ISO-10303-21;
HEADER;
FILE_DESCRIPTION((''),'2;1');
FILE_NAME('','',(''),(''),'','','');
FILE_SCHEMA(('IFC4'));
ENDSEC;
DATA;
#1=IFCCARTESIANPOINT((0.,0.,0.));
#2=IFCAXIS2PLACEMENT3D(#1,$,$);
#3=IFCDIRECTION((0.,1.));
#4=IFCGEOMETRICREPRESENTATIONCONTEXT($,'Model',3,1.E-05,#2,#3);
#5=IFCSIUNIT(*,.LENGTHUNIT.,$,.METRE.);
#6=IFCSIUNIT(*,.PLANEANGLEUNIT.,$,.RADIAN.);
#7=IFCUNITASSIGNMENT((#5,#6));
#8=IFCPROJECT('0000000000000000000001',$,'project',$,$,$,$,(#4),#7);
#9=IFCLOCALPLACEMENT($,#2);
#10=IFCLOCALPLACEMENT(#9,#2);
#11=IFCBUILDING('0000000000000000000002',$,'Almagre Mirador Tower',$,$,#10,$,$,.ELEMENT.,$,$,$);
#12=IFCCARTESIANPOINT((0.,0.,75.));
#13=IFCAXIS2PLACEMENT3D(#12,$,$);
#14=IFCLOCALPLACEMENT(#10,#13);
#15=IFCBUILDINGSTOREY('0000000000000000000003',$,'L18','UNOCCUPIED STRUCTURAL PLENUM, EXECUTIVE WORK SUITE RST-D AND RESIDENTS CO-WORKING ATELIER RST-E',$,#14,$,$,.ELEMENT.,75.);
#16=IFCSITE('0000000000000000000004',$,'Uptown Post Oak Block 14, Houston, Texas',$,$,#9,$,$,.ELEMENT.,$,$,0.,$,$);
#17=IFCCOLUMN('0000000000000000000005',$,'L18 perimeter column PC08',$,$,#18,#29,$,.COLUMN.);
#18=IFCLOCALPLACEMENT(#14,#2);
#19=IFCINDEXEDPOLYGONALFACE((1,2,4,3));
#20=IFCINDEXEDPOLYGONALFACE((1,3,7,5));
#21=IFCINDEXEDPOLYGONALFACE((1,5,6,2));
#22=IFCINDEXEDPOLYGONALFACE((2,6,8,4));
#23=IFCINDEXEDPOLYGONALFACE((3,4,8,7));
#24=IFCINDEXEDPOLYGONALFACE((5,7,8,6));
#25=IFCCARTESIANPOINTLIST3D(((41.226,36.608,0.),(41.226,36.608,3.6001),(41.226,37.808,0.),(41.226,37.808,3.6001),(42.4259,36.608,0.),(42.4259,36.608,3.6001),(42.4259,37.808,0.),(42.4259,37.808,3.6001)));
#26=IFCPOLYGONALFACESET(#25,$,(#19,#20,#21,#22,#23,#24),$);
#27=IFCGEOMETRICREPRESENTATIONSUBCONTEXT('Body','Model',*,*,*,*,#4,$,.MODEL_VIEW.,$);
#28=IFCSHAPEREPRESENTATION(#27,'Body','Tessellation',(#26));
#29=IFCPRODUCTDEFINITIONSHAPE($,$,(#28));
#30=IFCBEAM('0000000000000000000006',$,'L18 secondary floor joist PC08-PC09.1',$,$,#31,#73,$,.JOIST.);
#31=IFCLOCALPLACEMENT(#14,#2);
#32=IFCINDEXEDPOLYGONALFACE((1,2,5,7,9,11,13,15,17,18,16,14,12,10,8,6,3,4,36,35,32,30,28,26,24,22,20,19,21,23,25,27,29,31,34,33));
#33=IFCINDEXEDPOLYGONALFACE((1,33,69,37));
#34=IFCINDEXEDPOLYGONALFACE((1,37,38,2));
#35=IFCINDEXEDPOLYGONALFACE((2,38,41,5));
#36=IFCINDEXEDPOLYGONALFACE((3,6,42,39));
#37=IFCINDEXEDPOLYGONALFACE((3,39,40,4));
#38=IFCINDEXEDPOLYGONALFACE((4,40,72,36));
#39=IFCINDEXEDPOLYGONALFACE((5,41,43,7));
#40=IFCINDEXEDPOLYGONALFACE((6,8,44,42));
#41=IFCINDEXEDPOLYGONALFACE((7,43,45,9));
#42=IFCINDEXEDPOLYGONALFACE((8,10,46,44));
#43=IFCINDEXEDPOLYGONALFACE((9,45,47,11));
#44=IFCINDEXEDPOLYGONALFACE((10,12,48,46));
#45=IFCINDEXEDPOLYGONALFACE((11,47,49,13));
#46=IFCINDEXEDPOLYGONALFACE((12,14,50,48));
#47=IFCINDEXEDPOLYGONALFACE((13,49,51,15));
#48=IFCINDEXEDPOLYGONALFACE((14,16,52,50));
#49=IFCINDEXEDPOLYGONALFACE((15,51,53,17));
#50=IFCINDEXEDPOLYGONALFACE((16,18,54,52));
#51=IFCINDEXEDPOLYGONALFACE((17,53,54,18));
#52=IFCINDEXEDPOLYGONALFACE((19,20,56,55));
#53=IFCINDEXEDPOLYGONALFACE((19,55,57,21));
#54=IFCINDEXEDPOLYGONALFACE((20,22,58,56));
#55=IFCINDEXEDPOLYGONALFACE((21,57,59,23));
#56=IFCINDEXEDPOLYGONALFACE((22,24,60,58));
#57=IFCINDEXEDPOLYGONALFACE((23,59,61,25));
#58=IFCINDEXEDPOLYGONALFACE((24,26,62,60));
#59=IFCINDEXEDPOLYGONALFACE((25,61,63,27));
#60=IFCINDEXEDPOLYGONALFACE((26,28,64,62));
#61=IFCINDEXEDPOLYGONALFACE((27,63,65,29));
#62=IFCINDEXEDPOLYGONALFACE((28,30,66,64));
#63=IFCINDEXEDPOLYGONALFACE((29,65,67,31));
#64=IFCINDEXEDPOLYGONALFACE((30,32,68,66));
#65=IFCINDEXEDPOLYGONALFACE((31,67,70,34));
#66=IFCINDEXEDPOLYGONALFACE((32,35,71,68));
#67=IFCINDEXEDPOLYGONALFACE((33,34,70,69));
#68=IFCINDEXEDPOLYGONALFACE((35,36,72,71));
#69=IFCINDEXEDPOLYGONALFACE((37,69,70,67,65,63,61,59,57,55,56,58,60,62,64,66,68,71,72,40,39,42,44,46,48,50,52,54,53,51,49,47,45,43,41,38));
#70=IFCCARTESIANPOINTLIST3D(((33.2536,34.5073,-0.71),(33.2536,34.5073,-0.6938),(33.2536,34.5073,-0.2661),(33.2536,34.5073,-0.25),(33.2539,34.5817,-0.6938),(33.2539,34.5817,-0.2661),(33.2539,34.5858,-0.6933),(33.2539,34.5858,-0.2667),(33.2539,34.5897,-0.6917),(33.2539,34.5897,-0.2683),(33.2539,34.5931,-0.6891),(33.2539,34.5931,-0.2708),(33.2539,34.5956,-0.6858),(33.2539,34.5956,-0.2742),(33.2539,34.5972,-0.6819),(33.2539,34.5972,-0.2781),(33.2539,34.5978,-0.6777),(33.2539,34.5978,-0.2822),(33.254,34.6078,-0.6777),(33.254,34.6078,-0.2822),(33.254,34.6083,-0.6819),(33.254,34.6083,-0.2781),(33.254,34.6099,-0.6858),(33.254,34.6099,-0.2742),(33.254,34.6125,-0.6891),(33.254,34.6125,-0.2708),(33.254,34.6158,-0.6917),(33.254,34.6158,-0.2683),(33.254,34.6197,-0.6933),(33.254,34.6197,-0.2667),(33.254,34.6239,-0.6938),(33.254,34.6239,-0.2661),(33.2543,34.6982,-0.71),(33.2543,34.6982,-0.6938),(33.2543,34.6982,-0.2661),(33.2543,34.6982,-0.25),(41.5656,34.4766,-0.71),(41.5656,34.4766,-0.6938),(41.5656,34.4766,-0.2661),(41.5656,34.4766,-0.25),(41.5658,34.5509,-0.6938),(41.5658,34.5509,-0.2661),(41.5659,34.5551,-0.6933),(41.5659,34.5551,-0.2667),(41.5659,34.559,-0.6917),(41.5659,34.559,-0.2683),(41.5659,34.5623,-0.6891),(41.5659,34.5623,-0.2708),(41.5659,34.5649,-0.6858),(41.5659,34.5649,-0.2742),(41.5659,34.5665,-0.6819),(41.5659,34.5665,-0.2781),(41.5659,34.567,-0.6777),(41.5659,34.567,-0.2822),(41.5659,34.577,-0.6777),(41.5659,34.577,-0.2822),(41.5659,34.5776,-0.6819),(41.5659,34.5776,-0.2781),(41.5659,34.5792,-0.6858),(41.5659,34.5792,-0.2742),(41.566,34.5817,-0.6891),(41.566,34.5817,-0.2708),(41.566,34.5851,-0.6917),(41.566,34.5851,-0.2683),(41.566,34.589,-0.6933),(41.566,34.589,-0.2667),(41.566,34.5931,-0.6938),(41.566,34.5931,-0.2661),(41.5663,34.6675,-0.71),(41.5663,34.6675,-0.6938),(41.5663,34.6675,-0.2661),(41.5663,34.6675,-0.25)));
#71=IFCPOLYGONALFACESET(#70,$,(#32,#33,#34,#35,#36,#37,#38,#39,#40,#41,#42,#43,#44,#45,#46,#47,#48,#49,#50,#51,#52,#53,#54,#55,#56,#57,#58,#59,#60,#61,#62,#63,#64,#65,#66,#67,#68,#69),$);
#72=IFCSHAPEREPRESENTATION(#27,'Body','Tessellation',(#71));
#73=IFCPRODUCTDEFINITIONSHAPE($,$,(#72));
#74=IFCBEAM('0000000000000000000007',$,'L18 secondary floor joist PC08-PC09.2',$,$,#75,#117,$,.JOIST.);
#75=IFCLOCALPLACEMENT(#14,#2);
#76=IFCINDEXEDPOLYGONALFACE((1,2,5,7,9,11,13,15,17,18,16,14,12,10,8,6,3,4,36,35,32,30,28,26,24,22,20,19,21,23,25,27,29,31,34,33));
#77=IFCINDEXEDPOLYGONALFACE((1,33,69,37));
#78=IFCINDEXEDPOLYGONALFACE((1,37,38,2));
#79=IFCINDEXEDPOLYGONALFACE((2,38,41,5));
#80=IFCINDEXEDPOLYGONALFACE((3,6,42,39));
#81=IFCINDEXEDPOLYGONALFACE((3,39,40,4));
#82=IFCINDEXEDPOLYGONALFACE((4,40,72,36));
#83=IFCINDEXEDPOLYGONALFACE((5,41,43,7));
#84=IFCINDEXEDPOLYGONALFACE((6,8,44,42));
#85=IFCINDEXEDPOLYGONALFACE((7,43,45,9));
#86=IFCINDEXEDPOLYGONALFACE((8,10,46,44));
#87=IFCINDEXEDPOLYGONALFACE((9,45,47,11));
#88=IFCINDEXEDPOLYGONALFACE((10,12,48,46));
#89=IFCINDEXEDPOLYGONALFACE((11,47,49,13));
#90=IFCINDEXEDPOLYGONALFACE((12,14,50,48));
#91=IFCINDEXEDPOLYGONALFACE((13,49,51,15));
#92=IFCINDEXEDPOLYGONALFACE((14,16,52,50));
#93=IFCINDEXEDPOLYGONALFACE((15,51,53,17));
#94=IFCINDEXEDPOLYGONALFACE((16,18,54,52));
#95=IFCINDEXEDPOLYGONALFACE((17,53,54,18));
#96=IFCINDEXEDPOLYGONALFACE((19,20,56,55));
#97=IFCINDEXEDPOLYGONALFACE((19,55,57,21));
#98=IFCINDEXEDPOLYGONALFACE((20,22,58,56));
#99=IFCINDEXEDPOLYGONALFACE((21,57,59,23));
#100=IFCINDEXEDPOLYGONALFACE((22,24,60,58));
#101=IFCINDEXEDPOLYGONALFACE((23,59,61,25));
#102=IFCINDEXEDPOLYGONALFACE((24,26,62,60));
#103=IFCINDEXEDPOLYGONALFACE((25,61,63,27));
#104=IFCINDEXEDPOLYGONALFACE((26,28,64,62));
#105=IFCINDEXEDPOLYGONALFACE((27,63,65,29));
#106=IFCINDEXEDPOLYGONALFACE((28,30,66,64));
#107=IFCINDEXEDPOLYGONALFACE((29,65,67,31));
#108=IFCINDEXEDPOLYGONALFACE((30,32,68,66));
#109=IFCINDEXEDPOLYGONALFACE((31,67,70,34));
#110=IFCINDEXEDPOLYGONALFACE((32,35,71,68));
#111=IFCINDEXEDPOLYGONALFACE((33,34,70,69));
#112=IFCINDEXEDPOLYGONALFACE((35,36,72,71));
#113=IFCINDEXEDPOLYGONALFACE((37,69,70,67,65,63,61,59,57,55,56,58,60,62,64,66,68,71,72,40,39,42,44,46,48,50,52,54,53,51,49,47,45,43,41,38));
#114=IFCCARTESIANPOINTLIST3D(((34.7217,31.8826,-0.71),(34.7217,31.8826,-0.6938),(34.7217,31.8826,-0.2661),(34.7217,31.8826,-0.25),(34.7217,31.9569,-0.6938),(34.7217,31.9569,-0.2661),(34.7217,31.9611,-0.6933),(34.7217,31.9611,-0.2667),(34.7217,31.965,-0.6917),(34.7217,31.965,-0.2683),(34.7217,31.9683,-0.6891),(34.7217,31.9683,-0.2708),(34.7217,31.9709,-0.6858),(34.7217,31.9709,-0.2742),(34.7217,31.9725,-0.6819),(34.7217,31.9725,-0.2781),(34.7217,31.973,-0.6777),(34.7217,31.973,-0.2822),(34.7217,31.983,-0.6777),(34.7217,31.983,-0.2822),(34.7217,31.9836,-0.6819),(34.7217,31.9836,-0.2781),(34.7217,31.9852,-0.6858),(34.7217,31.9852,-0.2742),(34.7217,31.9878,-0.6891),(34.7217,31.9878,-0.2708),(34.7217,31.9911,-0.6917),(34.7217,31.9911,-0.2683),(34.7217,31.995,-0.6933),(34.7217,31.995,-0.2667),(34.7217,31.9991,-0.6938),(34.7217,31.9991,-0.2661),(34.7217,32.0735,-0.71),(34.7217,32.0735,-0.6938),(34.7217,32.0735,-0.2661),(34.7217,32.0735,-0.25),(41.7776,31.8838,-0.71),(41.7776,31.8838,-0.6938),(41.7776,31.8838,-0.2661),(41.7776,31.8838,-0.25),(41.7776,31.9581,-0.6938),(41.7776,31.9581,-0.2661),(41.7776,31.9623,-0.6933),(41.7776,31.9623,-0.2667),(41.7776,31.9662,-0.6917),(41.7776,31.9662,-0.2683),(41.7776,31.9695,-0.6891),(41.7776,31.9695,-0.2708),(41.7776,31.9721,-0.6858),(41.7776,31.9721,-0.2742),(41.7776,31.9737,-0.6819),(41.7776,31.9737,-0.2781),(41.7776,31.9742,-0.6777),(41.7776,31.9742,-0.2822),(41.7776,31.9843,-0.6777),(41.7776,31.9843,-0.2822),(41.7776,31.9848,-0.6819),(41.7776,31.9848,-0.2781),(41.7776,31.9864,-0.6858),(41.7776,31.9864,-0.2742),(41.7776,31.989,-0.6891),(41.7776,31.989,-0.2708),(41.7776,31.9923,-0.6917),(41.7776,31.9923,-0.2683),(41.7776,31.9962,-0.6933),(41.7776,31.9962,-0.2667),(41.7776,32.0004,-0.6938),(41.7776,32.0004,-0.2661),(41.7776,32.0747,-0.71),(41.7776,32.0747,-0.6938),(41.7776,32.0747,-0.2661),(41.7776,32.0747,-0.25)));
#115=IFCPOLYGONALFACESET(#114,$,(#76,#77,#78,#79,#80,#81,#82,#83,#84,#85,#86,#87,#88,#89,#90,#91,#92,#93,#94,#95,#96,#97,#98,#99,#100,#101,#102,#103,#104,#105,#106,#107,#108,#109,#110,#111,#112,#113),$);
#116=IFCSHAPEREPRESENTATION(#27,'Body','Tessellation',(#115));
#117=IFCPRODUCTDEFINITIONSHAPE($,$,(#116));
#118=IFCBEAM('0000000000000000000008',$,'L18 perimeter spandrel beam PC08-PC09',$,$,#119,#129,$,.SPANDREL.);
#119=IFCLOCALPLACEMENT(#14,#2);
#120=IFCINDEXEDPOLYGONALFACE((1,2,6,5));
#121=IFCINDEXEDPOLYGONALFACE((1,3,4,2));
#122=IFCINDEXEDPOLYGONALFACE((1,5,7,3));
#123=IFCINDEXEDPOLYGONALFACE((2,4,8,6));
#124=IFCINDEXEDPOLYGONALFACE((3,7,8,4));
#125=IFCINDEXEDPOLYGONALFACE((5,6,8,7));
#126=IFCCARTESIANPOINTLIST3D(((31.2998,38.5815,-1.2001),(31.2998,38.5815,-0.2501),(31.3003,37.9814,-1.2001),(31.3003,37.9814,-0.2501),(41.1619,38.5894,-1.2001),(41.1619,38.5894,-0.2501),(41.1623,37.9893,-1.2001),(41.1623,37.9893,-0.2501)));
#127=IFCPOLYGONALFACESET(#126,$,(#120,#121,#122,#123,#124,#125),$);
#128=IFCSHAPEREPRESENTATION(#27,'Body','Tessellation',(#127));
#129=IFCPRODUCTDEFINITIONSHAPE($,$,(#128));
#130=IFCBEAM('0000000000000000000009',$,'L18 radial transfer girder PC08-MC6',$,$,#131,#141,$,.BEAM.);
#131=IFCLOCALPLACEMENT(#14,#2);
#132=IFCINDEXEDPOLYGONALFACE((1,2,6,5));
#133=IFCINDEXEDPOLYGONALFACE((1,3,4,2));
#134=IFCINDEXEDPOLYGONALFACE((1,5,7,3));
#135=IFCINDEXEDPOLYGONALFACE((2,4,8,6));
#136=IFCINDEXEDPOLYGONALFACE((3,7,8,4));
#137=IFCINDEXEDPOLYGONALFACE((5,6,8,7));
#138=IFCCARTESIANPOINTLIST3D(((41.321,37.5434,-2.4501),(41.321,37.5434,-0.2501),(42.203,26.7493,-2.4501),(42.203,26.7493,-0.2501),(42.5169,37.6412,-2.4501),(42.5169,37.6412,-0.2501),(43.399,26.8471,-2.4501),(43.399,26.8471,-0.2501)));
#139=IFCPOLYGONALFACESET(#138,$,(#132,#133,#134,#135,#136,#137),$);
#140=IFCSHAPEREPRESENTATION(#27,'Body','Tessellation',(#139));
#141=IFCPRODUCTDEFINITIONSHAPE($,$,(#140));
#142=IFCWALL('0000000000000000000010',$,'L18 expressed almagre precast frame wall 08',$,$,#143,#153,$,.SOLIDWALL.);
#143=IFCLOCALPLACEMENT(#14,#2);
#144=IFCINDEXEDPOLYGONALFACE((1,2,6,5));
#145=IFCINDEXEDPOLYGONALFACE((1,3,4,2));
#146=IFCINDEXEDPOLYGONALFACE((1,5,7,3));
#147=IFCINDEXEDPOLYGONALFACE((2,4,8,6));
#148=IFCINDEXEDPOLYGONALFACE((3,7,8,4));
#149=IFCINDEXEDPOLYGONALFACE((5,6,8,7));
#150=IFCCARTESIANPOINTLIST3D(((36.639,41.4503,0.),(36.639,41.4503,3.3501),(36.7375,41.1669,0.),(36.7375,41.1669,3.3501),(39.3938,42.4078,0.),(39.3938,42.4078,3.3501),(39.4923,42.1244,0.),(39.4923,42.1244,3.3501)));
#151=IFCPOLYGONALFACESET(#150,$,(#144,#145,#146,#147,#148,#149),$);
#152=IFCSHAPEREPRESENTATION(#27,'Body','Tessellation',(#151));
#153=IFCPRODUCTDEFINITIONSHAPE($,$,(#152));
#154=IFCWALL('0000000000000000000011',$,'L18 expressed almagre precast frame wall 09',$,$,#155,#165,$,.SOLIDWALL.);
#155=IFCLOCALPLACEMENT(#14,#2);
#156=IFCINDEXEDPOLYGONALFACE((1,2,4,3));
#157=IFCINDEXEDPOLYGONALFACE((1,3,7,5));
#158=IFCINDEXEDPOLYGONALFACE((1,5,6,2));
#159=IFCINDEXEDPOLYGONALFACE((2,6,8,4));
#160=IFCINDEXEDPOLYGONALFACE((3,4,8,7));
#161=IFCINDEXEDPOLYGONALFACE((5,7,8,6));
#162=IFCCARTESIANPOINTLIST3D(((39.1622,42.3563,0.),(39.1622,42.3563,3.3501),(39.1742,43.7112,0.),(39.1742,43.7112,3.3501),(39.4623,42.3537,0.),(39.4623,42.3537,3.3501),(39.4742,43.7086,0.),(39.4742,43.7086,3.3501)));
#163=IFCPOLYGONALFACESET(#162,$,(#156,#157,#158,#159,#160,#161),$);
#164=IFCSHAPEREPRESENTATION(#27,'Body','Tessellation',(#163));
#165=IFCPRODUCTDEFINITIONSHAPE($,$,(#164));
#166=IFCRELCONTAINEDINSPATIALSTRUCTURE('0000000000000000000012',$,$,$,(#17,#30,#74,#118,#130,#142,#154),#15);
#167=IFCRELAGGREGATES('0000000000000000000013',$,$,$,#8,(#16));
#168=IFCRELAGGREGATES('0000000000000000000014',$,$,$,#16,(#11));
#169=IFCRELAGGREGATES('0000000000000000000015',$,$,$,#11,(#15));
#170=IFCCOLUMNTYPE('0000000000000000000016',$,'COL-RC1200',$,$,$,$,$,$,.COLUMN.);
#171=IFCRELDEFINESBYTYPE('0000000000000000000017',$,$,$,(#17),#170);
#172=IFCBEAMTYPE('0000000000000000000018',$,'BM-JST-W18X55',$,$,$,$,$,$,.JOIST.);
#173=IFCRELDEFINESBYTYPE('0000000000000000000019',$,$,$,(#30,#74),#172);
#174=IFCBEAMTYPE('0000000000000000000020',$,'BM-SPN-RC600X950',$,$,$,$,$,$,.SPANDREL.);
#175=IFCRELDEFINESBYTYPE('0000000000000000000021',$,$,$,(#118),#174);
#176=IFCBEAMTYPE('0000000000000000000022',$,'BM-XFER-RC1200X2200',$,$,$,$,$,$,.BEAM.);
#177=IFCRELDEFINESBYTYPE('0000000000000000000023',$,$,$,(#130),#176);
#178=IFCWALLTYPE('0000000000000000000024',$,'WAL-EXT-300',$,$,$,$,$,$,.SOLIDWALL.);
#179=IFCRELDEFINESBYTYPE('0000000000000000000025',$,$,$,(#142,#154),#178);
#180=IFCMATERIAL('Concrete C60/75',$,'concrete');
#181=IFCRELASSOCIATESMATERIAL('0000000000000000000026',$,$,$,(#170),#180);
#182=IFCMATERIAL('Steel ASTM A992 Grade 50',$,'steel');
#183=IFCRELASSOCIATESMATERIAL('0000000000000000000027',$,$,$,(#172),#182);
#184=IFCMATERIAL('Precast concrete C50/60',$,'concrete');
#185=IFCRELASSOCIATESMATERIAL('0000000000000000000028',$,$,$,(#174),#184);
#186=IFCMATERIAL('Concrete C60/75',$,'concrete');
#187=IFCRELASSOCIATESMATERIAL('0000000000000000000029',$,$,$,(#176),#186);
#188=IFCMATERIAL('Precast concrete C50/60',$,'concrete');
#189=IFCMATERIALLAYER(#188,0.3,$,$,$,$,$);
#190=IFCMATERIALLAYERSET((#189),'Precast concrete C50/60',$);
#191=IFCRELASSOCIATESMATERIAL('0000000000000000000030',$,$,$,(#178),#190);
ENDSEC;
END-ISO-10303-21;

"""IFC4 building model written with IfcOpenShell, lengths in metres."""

from ifc_helpers import new_model, si_unit, direction, frame, frame_2d, origin, origin_2d, place, context, subcontext, project, spatial, rectangle, i_section, extrude, material, layer, layer_set, material_profile, profile_set, type_object, element, save


model = new_model("IFC4")

# Units and contexts
model_context = context("Model", 3, precision=1e-05, world=origin(), true_north=direction((0.0, 1.0)))
body_context = subcontext(model_context, "Body", "Model", "MODEL_VIEW")
ifc_project = project(units=[si_unit("LENGTHUNIT", "METRE"), si_unit("PLANEANGLEUNIT", "RADIAN")], contexts=[model_context])

# Site, building, storey
site_placement = place(None, origin())
site = spatial("IfcSite", under=ifc_project, at=site_placement, Name="Uptown Post Oak Block 14, Houston, Texas", CompositionType="ELEMENT", RefElevation=0.0)
building_placement = place(site_placement, origin())
building = spatial("IfcBuilding", under=site, at=building_placement, Name="Almagre Mirador Tower", CompositionType="ELEMENT")
storey_placement = place(building_placement, frame((0.0, 0.0, 75.0)))
storey = spatial("IfcBuildingStorey", under=building, at=storey_placement, Name="L18", Description="UNOCCUPIED STRUCTURAL PLENUM, EXECUTIVE WORK SUITE RST-D AND RESIDENTS CO-WORKING ATELIER RST-E", CompositionType="ELEMENT", Elevation=75.0)

# Column
ifc_material_1 = material(Name="Concrete C60/75", Category="concrete")
ifc_material_profile_1 = material_profile(ifc_material_1, rectangle(XDim=1.2, YDim=1.2, at=origin_2d()), Name="RC1200X1200")
ifc_profile_set_1 = profile_set([ifc_material_profile_1], Name="Concrete C60/75")
column_type = type_object("IfcColumnType", Name="COL-RC1200", PredefinedType="COLUMN", material=ifc_profile_set_1)
column_placement = place(storey_placement, frame((41.8259, 37.208, 0.0), z_axis=(0.0, 0.0, 1.0), x_axis=(1.0, 0.0, 0.0)))
element("IfcColumn", 1, at=column_placement, inside=storey, type_object=column_type, Name="L18 perimeter column PC08", PredefinedType="COLUMN", context=body_context, shape_type="SweptSolid", body=[
    extrude(rectangle(XDim=1.2, YDim=1.2, at=origin_2d()), origin(), (0.0, 0.0, 1.0), 3.6001),
])

# Beams
ifc_material_2 = material(Name="Steel ASTM A992 Grade 50", Category="steel")
ifc_material_profile_2 = material_profile(ifc_material_2, i_section(OverallWidth=0.1909, OverallDepth=0.46, WebThickness=0.01, FlangeThickness=0.0161, FilletRadius=0.0161, at=origin_2d()), Name="W18X55")
ifc_profile_set_2 = profile_set([ifc_material_profile_2], Name="Steel ASTM A992 Grade 50")
beam_type_1 = type_object("IfcBeamType", Name="BM-JST-W18X55", PredefinedType="JOIST", material=ifc_profile_set_2)
beam_1_placement = place(storey_placement, frame((41.5659, 34.572, -0.48), z_axis=(-0.999993, 0.003701, 0.0), x_axis=(-0.003701, -0.999993, 0.0)))
element("IfcBeam", 2, at=beam_1_placement, inside=storey, type_object=beam_type_1, Name="L18 secondary floor joist PC08-PC09.1", PredefinedType="JOIST", context=body_context, shape_type="SweptSolid", body=[
    extrude(i_section(OverallWidth=0.1909, OverallDepth=0.46, WebThickness=0.01, FlangeThickness=0.0161, FilletRadius=0.0161, at=origin_2d()), origin(), (0.0, 0.0, 1.0), 8.312),
])
beam_2_placement = place(storey_placement, frame((41.7776, 31.9792, -0.48), z_axis=(-1.0, -0.000173, 0.0), x_axis=(0.000173, -1.0, 0.0)))
element("IfcBeam", 3, at=beam_2_placement, inside=storey, type_object=beam_type_1, Name="L18 secondary floor joist PC08-PC09.2", PredefinedType="JOIST", context=body_context, shape_type="SweptSolid", body=[
    extrude(i_section(OverallWidth=0.1909, OverallDepth=0.46, WebThickness=0.01, FlangeThickness=0.0161, FilletRadius=0.0161, at=origin_2d()), origin(), (0.0, 0.0, 1.0), 7.0559),
])
ifc_material_3 = material(Name="Precast concrete C50/60", Category="concrete")
ifc_material_profile_3 = material_profile(ifc_material_3, rectangle(XDim=0.6001, YDim=0.95, at=origin_2d()), Name="RC600X950")
ifc_profile_set_3 = profile_set([ifc_material_profile_3], Name="Precast concrete C50/60")
beam_type_2 = type_object("IfcBeamType", Name="BM-SPN-RC600X950", PredefinedType="SPANDREL", material=ifc_profile_set_3)
beam_3_placement = place(storey_placement, frame((41.1621, 38.2893, -0.7251), z_axis=(-1.0, -0.000792, 0.0), x_axis=(0.000792, -1.0, 0.0)))
element("IfcBeam", 4, at=beam_3_placement, inside=storey, type_object=beam_type_2, Name="L18 perimeter spandrel beam PC08-PC09", PredefinedType="SPANDREL", context=body_context, shape_type="SweptSolid", body=[
    extrude(rectangle(XDim=0.6001, YDim=0.95, at=origin_2d()), origin(), (0.0, 0.0, 1.0), 9.8621),
])
ifc_material_4 = material(Name="Concrete C60/75", Category="concrete")
ifc_material_profile_4 = material_profile(ifc_material_4, rectangle(XDim=1.2, YDim=2.2, at=origin_2d()), Name="RC1200X2200")
ifc_profile_set_4 = profile_set([ifc_material_profile_4], Name="Concrete C60/75")
beam_type_3 = type_object("IfcBeamType", Name="BM-XFER-RC1200X2200", PredefinedType="BEAM", material=ifc_profile_set_4)
beam_4_placement = place(storey_placement, frame((41.9189, 37.5923, -1.3501), z_axis=(0.081447, -0.996678, 0.0), x_axis=(0.996678, 0.081447, 0.0)))
element("IfcBeam", 5, at=beam_4_placement, inside=storey, type_object=beam_type_3, Name="L18 radial transfer girder PC08-MC6", PredefinedType="BEAM", context=body_context, shape_type="SweptSolid", body=[
    extrude(rectangle(XDim=1.2, YDim=2.2, at=origin_2d()), origin(), (0.0, 0.0, 1.0), 10.8301),
])

# Walls
ifc_material_5 = material(Name="Precast concrete C50/60", Category="concrete")
ifc_layer_1 = layer(ifc_material_5, 0.3)
ifc_layer_set_1 = layer_set([ifc_layer_1], Name="Precast concrete C50/60")
wall_type_1 = type_object("IfcWallType", Name="WAL-EXT-300", PredefinedType="SOLIDWALL", material=ifc_layer_set_1)
wall_1_placement = place(storey_placement, frame((36.6882, 41.3086, 0.0), z_axis=(0.0, 0.0, 1.0), x_axis=(0.944571, 0.328306, 0.0)))
element("IfcWall", 6, at=wall_1_placement, inside=storey, type_object=wall_type_1, Name="L18 expressed almagre precast frame wall 08", PredefinedType="SOLIDWALL", context=body_context, shape_type="SweptSolid", body=[
    extrude(rectangle(XDim=2.9165, YDim=0.3, at=frame_2d((1.4583, 0.0))), origin(), (0.0, 0.0, 1.0), 3.3501),
])
wall_2_placement = place(storey_placement, frame((39.3123, 42.355, 0.0), z_axis=(0.0, 0.0, 1.0), x_axis=(0.008828, 0.999961, 0.0)))
element("IfcWall", 7, at=wall_2_placement, inside=storey, type_object=wall_type_1, Name="L18 expressed almagre precast frame wall 09", PredefinedType="SOLIDWALL", context=body_context, shape_type="SweptSolid", body=[
    extrude(rectangle(XDim=1.355, YDim=0.3, at=frame_2d((0.6775, 0.0))), origin(), (0.0, 0.0, 1.0), 3.3501),
])

save(model, "model.ifc")
